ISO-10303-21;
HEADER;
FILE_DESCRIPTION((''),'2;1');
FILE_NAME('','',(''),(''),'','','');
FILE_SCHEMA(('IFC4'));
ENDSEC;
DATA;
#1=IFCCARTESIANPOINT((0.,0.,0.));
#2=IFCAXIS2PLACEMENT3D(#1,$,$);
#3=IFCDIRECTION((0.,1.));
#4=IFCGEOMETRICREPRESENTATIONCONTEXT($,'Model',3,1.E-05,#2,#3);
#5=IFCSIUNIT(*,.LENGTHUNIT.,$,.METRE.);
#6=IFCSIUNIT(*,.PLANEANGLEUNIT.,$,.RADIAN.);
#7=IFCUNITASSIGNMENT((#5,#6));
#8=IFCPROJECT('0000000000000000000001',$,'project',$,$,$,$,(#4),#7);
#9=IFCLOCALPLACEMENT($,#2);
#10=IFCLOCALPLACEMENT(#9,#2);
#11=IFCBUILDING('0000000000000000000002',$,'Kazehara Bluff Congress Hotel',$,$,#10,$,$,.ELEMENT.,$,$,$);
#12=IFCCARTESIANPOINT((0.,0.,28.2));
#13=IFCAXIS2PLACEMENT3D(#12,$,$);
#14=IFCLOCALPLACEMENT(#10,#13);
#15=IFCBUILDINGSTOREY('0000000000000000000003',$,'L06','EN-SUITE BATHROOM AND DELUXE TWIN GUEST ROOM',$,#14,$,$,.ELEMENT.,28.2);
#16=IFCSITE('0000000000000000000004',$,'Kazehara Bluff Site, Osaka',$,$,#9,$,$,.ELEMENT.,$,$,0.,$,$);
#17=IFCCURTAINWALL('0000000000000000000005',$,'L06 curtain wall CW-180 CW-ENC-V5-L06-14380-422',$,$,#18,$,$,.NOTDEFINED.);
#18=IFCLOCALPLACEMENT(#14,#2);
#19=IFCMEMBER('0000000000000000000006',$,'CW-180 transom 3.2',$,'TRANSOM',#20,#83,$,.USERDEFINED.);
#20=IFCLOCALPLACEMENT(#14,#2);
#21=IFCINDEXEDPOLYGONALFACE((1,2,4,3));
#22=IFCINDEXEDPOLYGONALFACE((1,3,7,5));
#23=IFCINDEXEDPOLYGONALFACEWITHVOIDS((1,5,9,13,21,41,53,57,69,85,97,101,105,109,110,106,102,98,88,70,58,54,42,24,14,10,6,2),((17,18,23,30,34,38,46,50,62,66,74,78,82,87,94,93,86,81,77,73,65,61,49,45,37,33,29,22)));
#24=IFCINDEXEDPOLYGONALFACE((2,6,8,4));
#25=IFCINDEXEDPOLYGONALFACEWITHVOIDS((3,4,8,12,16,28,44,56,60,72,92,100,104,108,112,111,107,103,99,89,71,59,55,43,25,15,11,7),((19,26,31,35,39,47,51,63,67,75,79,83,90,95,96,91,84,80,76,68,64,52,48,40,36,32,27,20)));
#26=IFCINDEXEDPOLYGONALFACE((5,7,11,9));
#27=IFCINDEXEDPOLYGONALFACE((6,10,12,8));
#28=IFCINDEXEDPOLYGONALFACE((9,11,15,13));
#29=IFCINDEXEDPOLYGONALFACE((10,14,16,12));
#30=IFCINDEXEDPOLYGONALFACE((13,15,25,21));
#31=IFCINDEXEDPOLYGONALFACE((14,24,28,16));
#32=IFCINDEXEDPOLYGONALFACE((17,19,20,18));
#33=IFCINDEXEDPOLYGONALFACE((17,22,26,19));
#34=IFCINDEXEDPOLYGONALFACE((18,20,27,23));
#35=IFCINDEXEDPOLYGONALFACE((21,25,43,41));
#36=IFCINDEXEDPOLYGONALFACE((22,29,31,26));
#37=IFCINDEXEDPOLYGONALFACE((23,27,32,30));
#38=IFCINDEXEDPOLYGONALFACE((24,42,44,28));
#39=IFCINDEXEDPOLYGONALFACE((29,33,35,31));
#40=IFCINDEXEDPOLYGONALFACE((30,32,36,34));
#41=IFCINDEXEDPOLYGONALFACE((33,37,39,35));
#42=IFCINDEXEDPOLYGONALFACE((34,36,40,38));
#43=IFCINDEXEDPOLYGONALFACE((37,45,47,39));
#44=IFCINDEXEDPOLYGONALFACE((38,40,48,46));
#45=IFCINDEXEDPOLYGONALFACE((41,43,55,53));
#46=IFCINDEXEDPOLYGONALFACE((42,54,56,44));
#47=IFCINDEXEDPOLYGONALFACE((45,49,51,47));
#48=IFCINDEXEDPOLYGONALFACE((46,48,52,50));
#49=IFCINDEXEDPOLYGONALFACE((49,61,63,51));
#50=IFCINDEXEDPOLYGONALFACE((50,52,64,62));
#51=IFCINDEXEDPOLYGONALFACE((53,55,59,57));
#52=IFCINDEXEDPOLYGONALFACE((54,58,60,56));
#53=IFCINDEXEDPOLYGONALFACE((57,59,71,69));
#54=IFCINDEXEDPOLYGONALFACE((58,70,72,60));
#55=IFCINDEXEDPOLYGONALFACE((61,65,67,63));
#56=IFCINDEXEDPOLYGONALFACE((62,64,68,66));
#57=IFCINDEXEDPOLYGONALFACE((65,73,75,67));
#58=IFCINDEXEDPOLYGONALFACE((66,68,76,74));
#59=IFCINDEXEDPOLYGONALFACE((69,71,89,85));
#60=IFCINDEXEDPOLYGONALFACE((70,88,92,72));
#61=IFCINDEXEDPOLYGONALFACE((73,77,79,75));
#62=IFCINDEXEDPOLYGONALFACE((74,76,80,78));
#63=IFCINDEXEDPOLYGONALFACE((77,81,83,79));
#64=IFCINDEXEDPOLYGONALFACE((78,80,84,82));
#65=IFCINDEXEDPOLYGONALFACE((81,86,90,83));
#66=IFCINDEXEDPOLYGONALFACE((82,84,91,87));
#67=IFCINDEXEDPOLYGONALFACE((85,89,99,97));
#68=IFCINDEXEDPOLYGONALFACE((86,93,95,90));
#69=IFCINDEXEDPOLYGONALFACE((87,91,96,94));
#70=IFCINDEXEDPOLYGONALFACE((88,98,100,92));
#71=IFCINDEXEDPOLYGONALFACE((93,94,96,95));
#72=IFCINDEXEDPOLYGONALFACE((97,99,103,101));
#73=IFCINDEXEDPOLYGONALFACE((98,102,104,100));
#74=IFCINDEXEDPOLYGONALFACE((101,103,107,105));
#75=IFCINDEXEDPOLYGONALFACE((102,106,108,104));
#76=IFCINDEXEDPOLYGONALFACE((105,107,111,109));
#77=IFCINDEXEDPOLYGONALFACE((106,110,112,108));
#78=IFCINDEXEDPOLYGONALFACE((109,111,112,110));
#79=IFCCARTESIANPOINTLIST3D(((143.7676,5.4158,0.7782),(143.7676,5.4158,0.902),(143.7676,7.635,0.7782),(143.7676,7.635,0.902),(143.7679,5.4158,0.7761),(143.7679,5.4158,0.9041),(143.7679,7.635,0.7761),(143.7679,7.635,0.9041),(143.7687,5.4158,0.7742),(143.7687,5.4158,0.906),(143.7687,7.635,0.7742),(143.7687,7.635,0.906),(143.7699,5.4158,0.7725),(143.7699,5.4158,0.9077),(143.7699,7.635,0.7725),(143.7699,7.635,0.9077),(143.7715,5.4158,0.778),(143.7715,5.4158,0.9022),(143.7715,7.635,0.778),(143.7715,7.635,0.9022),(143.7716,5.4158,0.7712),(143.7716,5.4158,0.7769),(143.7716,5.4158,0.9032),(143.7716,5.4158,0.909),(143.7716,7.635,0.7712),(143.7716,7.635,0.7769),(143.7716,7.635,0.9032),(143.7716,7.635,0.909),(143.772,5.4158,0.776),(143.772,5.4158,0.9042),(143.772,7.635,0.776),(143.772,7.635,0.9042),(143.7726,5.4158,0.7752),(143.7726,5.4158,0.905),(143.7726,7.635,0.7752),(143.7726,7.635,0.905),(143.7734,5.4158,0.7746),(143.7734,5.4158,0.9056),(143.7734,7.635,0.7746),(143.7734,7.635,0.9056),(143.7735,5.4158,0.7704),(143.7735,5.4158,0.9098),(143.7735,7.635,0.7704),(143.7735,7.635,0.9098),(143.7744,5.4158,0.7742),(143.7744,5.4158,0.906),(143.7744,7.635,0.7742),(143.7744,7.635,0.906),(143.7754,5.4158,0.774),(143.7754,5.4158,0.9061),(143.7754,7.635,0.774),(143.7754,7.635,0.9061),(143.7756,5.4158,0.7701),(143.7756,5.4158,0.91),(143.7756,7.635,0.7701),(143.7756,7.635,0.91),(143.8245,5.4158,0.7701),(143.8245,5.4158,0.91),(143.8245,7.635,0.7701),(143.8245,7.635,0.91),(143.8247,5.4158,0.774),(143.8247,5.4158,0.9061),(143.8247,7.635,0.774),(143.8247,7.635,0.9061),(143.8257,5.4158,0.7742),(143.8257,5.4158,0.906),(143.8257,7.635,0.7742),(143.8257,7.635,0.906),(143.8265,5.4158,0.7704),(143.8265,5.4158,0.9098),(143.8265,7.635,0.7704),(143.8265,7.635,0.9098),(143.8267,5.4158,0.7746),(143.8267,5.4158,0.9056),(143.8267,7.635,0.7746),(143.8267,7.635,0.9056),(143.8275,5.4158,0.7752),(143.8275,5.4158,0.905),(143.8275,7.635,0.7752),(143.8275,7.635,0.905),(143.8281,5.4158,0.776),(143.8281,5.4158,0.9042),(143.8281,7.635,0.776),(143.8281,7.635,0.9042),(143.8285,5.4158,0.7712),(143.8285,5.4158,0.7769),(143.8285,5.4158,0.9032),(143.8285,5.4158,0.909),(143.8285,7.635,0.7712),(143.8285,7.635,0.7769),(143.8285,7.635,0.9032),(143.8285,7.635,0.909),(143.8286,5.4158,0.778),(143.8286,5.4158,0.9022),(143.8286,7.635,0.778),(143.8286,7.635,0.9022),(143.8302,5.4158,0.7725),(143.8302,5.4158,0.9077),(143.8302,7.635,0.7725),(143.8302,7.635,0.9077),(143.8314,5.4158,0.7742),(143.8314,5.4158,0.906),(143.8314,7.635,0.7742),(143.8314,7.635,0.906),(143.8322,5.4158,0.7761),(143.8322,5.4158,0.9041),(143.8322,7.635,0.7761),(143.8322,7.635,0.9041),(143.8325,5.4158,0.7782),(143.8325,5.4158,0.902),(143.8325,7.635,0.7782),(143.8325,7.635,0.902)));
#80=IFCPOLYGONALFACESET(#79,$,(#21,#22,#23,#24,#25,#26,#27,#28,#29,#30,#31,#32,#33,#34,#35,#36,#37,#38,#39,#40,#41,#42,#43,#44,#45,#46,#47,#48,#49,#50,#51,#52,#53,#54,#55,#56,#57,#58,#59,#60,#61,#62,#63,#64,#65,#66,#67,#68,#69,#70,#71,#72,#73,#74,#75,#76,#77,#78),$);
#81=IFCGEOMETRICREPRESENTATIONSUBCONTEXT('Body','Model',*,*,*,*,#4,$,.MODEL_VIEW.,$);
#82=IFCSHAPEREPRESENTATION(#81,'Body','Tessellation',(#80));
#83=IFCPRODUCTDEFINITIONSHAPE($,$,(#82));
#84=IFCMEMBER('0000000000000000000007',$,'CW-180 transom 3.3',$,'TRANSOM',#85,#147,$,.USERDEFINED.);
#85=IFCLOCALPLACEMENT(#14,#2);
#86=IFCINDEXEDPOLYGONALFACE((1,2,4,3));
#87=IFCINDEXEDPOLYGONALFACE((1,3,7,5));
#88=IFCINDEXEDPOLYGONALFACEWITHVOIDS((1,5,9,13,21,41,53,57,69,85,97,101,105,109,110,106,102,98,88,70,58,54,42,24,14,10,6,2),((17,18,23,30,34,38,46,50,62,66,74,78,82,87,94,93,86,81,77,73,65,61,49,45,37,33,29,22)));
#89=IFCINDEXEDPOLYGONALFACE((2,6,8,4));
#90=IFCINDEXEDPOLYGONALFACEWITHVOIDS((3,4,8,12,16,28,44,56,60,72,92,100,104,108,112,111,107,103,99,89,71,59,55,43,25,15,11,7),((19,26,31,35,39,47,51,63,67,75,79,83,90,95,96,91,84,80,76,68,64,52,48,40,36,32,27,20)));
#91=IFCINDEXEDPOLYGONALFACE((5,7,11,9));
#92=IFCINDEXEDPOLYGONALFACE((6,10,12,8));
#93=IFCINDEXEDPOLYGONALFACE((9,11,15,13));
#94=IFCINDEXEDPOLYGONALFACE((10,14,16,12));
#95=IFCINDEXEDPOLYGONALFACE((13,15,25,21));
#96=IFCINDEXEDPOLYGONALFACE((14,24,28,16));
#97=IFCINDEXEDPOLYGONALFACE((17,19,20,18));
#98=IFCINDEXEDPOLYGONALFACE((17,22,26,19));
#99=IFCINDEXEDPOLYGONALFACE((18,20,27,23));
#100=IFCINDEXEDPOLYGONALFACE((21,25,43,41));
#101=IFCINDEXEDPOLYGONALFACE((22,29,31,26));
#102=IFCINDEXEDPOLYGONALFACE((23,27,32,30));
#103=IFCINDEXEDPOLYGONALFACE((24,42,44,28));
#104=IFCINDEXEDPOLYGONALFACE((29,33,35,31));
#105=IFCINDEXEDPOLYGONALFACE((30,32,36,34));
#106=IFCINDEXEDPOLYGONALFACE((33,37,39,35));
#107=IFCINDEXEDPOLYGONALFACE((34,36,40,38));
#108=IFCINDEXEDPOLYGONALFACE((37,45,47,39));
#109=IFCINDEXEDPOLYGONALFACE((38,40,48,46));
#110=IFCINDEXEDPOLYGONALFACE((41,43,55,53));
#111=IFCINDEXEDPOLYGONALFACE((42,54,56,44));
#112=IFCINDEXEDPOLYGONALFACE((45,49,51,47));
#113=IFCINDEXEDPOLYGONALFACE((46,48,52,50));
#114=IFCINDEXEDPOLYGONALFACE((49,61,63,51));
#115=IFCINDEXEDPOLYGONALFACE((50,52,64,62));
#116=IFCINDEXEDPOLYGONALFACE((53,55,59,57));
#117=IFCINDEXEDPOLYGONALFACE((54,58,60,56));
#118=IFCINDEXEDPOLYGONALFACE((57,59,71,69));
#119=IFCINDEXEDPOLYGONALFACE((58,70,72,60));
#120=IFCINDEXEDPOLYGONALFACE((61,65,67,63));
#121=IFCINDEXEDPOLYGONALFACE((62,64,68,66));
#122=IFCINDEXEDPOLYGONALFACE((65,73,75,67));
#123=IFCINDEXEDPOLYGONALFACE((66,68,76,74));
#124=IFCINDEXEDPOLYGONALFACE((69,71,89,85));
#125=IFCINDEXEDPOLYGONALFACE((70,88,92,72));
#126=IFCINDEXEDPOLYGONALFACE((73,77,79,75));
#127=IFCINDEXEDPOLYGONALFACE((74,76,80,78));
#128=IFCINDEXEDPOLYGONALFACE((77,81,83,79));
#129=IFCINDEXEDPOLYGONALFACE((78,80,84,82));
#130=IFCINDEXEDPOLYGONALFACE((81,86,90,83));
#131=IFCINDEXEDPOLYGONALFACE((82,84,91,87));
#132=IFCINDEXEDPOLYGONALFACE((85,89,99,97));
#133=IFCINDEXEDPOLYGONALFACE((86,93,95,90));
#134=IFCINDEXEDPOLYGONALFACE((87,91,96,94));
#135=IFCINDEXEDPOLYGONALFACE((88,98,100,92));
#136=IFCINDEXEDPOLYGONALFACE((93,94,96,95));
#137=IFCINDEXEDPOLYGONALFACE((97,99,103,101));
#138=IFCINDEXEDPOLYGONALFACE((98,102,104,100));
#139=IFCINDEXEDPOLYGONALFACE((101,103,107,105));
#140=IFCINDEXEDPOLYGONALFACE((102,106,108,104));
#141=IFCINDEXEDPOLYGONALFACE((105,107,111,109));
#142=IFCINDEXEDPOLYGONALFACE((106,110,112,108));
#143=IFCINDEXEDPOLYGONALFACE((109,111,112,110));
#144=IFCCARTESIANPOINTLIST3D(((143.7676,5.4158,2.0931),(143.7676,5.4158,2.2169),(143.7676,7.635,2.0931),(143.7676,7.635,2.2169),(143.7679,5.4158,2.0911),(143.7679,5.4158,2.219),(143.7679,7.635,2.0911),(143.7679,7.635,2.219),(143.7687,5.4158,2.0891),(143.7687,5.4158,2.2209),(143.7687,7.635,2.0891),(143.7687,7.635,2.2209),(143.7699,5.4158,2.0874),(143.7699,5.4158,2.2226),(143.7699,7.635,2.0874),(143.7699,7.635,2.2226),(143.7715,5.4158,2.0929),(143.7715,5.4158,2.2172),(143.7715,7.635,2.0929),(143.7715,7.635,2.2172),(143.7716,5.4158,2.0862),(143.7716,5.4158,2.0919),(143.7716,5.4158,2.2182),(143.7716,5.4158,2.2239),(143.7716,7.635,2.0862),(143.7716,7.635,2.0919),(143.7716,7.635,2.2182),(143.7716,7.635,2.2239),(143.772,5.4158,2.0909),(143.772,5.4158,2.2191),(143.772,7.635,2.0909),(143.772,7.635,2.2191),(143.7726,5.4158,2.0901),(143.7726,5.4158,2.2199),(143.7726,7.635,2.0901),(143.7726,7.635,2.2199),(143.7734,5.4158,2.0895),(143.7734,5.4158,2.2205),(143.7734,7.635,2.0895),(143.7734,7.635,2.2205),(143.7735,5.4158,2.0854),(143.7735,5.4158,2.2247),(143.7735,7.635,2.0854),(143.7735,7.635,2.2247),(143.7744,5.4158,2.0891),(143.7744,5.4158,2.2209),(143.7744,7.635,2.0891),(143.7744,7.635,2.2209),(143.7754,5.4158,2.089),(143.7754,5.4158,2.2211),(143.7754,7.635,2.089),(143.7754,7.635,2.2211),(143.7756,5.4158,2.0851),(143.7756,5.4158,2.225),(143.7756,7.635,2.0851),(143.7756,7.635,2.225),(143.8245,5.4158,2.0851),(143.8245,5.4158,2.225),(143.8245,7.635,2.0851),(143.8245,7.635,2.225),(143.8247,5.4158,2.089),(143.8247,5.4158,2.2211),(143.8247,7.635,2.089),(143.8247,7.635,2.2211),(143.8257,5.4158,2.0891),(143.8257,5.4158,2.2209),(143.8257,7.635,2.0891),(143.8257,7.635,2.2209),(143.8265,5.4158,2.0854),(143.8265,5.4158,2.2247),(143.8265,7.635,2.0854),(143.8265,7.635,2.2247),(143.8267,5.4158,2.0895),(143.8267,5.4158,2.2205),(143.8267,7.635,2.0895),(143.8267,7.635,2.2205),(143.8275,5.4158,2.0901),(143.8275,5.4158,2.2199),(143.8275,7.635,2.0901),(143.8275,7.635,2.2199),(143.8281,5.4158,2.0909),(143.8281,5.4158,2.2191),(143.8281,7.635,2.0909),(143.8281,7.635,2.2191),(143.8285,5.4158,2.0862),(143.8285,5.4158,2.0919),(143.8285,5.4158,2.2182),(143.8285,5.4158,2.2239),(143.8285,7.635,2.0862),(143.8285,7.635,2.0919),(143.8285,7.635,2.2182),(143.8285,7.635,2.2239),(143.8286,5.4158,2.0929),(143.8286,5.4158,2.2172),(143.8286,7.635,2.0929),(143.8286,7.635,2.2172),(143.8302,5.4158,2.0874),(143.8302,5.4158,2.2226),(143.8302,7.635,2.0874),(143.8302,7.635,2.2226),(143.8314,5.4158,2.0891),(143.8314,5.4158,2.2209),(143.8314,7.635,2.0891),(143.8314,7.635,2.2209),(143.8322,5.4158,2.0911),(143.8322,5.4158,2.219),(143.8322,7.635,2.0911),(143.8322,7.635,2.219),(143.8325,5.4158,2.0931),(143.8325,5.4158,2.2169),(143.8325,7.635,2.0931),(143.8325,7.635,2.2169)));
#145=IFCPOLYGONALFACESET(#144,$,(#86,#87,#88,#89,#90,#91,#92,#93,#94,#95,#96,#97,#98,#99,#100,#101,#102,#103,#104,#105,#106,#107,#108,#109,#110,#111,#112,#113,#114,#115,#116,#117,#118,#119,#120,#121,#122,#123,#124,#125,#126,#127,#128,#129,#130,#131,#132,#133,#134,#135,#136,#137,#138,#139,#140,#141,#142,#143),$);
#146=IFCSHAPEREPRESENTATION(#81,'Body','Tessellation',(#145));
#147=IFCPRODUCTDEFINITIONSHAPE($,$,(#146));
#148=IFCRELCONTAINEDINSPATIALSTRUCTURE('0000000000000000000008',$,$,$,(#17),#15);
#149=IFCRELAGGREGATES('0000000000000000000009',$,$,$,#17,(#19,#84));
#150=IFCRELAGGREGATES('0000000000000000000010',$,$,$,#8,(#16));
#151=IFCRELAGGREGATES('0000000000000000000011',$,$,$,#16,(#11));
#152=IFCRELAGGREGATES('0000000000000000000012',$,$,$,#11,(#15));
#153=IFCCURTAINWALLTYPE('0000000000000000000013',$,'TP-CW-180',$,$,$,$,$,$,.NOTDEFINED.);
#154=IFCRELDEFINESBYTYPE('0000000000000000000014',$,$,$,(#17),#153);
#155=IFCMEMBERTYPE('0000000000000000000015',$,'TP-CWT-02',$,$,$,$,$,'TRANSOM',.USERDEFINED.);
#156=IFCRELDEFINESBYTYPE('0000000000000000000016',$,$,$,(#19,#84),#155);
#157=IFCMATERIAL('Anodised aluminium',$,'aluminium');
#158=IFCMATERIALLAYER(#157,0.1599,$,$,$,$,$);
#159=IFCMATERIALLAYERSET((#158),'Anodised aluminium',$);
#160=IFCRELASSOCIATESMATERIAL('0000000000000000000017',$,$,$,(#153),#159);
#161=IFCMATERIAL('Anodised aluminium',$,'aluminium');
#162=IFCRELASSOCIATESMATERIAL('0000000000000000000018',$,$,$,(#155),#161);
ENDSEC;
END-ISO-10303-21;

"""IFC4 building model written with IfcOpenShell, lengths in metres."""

from ifc_helpers import new_model, si_unit, direction, frame, origin, origin_2d, place, context, subcontext, project, spatial, hollow_rectangle, extrude, material, layer, layer_set, material_profile, profile_set, type_object, element, aggregate, save


model = new_model("IFC4")

# Units and contexts
model_context = context("Model", 3, precision=1e-05, world=origin(), true_north=direction((0.0, 1.0)))
body_context = subcontext(model_context, "Body", "Model", "MODEL_VIEW")
ifc_project = project(units=[si_unit("LENGTHUNIT", "METRE"), si_unit("PLANEANGLEUNIT", "RADIAN")], contexts=[model_context])

# Site, building, storey
site_placement = place(None, origin())
site = spatial("IfcSite", under=ifc_project, at=site_placement, Name="Kazehara Bluff Site, Osaka", CompositionType="ELEMENT", RefElevation=0.0)
building_placement = place(site_placement, origin())
building = spatial("IfcBuilding", under=site, at=building_placement, Name="Kazehara Bluff Congress Hotel", CompositionType="ELEMENT")
storey_placement = place(building_placement, frame((0.0, 0.0, 28.2)))
storey = spatial("IfcBuildingStorey", under=building, at=storey_placement, Name="L06", Description="EN-SUITE BATHROOM AND DELUXE TWIN GUEST ROOM", CompositionType="ELEMENT", Elevation=28.2)

# Curtain wall, members
ifc_material_1 = material(Name="Anodised aluminium", Category="aluminium")
ifc_layer_1 = layer(ifc_material_1, 0.1599)
ifc_layer_set_1 = layer_set([ifc_layer_1], Name="Anodised aluminium")
curtain_wall_type = type_object("IfcCurtainWallType", Name="TP-CW-180", PredefinedType="NOTDEFINED", material=ifc_layer_set_1)
curtain_wall_placement = place(storey_placement, origin())
curtain_wall = element("IfcCurtainWall", 1, at=curtain_wall_placement, inside=storey, type_object=curtain_wall_type, Name="L06 curtain wall CW-180 CW-ENC-V5-L06-14380-422", PredefinedType="NOTDEFINED")
ifc_material_2 = material(Name="Anodised aluminium", Category="aluminium")
ifc_material_profile_1 = material_profile(ifc_material_2, hollow_rectangle(XDim=0.0649, YDim=0.1399, WallThickness=0.0039, InnerFilletRadius=0.0039, OuterFilletRadius=0.0081, at=origin_2d()))
ifc_profile_set_1 = profile_set([ifc_material_profile_1], Name="Anodised aluminium")
member_type_1 = type_object("IfcMemberType", Name="TP-CWT-02", ElementType="TRANSOM", PredefinedType="USERDEFINED", material=ifc_profile_set_1)
member_1_placement = place(storey_placement, frame((143.8, 5.4158, 0.8401), z_axis=(0.0, 1.0, 0.0), x_axis=(-1.0, 0.0, 0.0)))
member_1 = element("IfcMember", 2, at=member_1_placement, type_object=member_type_1, Name="CW-180 transom 3.2", ObjectType="TRANSOM", PredefinedType="USERDEFINED", context=body_context, shape_type="SweptSolid", body=[
    extrude(hollow_rectangle(XDim=0.0649, YDim=0.1399, WallThickness=0.0039, InnerFilletRadius=0.0039, OuterFilletRadius=0.0081, at=origin_2d()), origin(), (0.0, 0.0, 1.0), 2.2192),
])
member_2_placement = place(storey_placement, frame((143.8, 5.4158, 2.155), z_axis=(0.0, 1.0, 0.0), x_axis=(-1.0, 0.0, 0.0)))
member_2 = element("IfcMember", 3, at=member_2_placement, type_object=member_type_1, Name="CW-180 transom 3.3", ObjectType="TRANSOM", PredefinedType="USERDEFINED", context=body_context, shape_type="SweptSolid", body=[
    extrude(hollow_rectangle(XDim=0.0649, YDim=0.1399, WallThickness=0.0039, InnerFilletRadius=0.0039, OuterFilletRadius=0.0081, at=origin_2d()), origin(), (0.0, 0.0, 1.0), 2.2192),
])
aggregate(curtain_wall, [member_1, member_2])

save(model, "model.ifc")
